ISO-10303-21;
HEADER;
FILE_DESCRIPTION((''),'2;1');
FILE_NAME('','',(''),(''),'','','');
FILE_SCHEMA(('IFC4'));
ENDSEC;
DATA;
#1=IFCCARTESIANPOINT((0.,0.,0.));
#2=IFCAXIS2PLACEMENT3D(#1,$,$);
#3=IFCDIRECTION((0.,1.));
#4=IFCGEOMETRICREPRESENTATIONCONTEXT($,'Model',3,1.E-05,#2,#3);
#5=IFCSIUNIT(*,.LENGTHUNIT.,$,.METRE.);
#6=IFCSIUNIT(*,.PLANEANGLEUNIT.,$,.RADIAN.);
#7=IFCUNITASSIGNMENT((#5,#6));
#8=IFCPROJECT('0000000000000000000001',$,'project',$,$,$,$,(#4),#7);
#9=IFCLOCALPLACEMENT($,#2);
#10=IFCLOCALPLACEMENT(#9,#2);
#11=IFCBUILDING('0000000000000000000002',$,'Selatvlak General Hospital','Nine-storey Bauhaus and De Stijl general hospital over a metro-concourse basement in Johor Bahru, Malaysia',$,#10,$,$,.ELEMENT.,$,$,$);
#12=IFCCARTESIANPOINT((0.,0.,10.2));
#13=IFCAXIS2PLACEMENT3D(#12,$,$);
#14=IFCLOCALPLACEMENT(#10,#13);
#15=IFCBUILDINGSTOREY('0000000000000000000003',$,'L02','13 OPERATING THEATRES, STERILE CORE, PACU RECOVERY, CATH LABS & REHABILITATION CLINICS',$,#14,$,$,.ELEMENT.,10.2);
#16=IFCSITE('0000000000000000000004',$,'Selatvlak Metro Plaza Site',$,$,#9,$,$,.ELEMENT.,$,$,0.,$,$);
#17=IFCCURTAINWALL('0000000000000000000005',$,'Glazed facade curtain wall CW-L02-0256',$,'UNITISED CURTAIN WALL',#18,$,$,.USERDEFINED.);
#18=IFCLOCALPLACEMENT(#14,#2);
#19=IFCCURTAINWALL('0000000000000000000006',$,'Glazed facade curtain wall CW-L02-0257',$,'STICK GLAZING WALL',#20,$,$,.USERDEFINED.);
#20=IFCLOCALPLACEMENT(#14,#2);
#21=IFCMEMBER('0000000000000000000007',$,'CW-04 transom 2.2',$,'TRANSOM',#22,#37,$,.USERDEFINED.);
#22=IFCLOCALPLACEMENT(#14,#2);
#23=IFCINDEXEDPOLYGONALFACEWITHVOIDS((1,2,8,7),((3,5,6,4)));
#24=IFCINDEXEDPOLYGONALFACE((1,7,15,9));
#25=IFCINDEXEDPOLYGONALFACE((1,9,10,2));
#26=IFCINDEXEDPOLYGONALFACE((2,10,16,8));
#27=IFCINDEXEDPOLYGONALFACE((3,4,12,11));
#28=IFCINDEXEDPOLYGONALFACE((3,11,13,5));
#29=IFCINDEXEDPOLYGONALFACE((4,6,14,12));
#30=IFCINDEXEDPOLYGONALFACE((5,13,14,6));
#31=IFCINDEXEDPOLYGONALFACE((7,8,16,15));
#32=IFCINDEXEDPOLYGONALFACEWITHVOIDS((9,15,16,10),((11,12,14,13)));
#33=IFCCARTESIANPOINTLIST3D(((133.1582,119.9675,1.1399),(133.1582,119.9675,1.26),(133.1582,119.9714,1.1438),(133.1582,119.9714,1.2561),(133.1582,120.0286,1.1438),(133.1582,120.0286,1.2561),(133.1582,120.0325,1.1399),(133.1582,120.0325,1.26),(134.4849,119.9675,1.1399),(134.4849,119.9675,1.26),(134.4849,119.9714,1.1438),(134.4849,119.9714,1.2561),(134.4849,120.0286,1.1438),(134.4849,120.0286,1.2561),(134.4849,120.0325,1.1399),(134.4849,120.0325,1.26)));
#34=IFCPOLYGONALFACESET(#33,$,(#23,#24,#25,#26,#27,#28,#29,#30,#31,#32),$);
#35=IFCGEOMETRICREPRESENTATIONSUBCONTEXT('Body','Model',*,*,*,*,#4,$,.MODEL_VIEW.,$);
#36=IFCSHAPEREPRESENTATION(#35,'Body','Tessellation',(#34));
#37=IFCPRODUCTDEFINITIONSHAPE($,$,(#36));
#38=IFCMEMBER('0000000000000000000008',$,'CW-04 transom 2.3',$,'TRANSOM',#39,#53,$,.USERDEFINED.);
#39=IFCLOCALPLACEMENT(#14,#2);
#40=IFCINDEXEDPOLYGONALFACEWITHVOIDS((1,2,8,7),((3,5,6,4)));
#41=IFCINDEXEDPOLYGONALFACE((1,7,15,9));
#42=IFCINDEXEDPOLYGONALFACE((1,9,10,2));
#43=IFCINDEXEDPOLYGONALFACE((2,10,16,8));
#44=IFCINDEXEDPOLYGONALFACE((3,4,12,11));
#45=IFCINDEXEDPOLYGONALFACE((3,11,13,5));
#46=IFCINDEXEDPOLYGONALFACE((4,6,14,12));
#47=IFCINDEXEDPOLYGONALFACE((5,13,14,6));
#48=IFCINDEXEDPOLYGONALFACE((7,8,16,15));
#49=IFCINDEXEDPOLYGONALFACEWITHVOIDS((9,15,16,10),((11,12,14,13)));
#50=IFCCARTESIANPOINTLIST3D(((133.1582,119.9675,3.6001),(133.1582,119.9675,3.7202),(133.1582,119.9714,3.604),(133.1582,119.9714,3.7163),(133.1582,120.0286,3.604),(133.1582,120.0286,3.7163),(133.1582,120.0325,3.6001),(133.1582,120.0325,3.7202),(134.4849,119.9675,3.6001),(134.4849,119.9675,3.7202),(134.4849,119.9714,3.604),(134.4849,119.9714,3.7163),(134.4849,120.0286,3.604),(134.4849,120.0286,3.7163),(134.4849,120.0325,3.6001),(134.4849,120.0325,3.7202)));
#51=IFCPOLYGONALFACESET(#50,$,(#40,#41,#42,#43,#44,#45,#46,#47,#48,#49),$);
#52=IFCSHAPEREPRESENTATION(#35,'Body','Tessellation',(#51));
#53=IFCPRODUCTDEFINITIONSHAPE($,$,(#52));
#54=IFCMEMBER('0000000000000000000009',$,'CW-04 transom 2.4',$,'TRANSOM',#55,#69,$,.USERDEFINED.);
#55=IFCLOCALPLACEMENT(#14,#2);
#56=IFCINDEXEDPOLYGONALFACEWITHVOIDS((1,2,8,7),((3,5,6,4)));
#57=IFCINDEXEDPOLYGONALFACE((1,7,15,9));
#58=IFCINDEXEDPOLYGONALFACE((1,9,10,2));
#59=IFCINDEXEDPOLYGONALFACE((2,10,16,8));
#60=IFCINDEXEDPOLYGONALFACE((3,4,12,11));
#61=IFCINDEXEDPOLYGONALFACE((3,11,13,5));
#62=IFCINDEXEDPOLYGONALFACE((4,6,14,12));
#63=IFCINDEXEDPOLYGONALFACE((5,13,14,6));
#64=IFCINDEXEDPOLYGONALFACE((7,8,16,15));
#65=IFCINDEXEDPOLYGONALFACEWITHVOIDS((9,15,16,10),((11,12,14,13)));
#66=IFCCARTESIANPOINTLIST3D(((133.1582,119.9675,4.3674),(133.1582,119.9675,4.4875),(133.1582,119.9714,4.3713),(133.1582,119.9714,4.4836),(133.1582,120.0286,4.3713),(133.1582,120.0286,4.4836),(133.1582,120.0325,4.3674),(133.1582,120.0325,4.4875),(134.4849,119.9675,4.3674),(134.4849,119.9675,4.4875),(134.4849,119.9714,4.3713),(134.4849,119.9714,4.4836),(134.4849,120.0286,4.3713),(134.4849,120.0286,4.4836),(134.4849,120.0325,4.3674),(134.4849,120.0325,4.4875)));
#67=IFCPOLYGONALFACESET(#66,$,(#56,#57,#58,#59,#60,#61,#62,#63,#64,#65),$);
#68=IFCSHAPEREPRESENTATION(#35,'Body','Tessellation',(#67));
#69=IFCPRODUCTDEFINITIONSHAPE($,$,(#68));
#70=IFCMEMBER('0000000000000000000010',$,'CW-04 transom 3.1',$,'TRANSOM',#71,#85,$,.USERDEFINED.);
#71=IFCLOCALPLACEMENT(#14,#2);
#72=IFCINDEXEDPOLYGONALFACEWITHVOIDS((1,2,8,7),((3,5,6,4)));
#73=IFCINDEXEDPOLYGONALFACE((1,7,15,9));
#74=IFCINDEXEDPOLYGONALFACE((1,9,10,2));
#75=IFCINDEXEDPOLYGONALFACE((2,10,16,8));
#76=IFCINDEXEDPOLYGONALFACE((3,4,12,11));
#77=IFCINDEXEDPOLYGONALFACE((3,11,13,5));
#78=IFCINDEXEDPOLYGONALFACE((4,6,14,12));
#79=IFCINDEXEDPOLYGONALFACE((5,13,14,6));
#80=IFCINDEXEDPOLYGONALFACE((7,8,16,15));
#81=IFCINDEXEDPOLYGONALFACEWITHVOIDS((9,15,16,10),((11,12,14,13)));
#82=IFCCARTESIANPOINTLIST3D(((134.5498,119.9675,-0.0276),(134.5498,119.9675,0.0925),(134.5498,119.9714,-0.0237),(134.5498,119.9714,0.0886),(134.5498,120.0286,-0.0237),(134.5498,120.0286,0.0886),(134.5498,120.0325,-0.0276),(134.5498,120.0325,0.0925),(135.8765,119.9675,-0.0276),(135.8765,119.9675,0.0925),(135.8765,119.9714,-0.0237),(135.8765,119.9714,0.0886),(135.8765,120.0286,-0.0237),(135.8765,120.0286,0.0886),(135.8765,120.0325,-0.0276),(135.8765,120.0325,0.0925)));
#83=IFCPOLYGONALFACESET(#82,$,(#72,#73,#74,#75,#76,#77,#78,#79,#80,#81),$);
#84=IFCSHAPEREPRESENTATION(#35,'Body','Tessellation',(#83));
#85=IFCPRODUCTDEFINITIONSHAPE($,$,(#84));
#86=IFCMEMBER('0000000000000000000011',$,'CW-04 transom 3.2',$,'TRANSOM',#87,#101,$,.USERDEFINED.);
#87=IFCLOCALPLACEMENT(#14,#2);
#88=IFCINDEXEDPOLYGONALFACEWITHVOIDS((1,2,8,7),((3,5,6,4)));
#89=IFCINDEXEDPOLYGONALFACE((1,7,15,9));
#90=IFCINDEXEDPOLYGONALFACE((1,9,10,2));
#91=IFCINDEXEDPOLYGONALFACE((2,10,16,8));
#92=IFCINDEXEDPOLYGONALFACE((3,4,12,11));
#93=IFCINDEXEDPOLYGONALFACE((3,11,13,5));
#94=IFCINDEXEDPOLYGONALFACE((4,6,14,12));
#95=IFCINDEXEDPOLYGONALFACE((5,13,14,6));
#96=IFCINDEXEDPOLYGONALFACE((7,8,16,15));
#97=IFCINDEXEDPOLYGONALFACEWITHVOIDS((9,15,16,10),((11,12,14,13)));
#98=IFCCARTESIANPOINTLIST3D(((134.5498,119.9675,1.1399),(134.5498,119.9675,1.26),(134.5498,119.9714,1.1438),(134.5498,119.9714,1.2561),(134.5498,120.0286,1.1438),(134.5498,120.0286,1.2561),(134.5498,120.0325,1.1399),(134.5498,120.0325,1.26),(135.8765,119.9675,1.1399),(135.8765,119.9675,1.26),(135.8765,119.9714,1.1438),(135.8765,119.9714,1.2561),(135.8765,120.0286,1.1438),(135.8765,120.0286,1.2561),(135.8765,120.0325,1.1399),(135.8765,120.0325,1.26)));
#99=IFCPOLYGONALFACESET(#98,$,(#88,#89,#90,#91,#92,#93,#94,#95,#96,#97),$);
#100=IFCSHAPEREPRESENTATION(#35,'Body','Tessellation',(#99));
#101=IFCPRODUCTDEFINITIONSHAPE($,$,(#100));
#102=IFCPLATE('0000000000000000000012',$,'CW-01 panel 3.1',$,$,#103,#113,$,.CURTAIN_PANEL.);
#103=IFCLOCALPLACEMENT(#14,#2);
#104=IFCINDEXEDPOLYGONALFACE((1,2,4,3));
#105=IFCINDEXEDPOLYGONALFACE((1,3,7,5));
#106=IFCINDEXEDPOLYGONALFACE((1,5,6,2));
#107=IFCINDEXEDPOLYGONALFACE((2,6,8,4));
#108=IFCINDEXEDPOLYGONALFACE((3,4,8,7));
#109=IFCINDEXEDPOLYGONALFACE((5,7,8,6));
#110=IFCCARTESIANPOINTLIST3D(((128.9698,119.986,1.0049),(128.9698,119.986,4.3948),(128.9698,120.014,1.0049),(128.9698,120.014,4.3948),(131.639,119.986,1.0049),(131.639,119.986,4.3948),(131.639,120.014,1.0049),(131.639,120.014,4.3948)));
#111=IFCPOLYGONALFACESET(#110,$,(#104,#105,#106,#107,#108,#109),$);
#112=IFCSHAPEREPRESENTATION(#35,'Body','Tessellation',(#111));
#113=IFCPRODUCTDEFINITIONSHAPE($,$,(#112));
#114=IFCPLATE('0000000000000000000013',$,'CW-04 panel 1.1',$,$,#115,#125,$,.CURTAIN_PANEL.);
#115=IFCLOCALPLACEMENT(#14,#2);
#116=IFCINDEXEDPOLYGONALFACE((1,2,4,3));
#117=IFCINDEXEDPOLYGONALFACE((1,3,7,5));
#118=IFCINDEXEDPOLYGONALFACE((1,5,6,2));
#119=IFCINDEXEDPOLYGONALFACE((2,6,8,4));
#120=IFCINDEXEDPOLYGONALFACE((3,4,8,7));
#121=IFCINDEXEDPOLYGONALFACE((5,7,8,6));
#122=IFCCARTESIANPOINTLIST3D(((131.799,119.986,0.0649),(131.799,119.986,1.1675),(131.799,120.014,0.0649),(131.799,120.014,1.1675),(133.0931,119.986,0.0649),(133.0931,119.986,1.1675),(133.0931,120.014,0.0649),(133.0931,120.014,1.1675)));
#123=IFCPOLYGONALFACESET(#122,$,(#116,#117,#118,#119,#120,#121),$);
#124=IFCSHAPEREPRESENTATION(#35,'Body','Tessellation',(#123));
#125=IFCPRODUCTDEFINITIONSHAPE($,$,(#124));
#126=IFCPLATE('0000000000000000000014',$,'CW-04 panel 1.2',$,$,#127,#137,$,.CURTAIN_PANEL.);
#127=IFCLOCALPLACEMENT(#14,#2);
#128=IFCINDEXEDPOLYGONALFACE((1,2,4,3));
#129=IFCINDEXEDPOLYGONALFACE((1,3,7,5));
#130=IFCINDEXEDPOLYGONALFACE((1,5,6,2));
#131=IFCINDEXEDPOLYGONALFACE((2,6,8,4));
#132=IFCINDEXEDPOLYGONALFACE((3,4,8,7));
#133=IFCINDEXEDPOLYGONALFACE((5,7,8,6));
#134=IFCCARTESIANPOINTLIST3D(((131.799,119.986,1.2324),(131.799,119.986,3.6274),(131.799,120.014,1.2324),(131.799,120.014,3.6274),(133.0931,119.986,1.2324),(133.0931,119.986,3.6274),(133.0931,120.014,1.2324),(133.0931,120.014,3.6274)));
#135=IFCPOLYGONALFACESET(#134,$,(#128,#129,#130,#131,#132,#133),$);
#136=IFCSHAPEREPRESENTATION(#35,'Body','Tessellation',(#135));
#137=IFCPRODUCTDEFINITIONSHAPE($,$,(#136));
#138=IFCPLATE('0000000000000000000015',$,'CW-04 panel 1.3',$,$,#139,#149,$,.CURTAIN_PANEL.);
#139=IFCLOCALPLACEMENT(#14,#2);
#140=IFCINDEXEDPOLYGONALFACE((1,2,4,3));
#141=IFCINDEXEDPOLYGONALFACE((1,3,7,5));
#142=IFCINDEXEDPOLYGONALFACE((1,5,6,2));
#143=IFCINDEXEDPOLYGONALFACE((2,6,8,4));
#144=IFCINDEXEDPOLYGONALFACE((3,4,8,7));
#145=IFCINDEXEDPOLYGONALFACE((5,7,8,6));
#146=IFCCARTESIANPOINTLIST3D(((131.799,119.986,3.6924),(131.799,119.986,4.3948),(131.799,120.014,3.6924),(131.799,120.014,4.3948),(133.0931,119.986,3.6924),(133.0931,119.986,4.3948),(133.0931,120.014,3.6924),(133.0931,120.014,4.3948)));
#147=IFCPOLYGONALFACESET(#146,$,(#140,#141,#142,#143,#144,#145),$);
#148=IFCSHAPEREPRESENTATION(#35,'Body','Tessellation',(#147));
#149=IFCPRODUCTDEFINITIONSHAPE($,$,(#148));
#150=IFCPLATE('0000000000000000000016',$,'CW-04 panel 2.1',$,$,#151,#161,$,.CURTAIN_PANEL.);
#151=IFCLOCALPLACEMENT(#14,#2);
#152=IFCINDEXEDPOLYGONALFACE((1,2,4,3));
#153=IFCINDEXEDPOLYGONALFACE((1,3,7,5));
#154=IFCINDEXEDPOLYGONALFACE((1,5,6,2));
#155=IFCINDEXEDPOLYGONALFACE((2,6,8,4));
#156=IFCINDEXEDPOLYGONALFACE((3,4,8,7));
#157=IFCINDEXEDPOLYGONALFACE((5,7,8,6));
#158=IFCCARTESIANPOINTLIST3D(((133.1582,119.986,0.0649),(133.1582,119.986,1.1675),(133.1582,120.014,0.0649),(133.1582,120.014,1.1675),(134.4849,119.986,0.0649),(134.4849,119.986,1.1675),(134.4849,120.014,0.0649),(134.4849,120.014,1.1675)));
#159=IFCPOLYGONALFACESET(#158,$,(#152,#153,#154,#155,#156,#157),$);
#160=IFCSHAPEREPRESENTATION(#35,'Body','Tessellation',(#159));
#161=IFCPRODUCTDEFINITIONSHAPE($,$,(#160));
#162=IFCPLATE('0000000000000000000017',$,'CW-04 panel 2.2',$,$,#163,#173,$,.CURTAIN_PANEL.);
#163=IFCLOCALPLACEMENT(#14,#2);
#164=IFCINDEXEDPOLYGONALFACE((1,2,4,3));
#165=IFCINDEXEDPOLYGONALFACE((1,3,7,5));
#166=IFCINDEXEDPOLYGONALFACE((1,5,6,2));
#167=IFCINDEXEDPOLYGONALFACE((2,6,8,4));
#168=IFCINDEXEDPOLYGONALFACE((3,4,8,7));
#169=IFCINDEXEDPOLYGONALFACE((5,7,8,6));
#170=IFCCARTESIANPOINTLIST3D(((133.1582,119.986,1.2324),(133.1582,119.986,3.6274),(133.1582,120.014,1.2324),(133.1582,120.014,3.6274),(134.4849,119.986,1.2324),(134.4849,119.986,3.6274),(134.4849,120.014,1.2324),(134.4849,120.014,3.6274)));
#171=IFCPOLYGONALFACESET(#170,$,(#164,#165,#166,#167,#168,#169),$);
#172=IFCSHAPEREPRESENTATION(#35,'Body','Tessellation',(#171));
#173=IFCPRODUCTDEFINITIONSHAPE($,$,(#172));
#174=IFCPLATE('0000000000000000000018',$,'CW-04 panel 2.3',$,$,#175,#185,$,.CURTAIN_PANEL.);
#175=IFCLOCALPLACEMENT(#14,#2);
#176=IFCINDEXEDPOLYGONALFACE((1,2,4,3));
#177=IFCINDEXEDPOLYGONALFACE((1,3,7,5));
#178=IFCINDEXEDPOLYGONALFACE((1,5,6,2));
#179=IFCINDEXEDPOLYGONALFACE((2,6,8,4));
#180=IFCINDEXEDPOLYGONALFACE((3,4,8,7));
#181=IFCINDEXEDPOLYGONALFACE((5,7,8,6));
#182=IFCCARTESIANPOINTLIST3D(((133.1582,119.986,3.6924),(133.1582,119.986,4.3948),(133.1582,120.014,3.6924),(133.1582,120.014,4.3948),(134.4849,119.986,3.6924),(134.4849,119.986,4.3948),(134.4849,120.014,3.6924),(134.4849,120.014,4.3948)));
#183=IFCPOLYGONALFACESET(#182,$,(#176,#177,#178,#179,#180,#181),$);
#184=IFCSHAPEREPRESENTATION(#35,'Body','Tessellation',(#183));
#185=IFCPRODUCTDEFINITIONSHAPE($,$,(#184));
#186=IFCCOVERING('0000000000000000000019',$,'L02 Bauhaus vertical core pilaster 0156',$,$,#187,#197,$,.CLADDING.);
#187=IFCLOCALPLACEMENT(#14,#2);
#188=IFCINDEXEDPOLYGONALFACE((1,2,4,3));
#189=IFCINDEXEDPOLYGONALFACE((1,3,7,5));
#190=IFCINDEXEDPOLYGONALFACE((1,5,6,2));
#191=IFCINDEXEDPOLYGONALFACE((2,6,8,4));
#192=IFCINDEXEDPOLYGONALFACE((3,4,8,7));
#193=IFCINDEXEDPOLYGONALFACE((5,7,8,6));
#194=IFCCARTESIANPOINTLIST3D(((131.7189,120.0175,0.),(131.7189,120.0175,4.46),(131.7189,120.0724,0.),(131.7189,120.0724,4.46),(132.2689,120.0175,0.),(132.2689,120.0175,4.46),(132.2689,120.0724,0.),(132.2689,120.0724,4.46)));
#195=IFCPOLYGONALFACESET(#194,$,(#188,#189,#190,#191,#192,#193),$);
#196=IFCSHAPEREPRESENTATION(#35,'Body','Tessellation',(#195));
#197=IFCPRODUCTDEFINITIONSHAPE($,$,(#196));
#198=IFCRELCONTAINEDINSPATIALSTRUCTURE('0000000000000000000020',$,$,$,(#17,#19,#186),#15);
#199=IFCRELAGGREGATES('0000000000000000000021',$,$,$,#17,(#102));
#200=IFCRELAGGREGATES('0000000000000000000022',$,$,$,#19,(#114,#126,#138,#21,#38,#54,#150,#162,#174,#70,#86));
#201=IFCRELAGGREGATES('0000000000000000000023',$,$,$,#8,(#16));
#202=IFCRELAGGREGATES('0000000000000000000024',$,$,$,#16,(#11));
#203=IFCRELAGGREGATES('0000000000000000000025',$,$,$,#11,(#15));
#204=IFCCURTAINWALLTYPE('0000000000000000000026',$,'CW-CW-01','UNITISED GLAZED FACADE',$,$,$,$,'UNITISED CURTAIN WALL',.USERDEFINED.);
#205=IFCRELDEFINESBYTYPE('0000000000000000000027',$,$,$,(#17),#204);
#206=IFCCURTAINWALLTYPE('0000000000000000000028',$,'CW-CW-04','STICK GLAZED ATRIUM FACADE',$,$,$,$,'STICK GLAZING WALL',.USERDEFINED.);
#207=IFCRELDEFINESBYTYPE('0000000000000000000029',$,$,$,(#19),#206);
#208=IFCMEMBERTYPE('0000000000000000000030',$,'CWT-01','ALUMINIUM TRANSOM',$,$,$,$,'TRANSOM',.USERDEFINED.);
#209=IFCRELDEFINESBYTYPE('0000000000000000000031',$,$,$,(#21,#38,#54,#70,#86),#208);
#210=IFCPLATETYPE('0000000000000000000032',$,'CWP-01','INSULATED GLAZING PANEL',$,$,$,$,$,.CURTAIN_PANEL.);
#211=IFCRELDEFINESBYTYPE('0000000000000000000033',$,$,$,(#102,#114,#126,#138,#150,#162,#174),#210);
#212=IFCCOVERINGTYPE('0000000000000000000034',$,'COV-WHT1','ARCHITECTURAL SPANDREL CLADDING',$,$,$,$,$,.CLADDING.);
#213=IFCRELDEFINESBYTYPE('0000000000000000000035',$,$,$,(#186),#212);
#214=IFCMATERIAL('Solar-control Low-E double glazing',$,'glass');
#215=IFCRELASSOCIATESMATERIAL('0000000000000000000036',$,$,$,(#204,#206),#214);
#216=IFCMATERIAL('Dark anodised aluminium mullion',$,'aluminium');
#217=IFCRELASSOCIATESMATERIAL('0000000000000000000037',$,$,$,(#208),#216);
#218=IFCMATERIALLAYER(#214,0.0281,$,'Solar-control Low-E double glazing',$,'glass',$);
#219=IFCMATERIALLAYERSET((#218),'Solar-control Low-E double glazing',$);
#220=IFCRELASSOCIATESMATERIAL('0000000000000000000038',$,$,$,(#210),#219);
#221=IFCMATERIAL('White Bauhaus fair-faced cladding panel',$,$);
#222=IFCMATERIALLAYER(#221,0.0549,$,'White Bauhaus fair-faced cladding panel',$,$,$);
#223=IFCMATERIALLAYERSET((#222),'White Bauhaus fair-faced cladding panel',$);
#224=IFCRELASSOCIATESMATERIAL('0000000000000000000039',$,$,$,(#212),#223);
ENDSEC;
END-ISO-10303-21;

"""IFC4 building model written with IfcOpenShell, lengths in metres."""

from ifc_helpers import new_model, si_unit, direction, frame, origin, origin_2d, place, context, subcontext, project, spatial, rectangle, hollow_rectangle, extrude, material, layer, layer_set, material_profile, profile_set, type_object, element, aggregate, save


model = new_model("IFC4")

# Units and contexts
model_context = context("Model", 3, precision=1e-05, world=origin(), true_north=direction((0.0, 1.0)))
body_context = subcontext(model_context, "Body", "Model", "MODEL_VIEW")
ifc_project = project(units=[si_unit("LENGTHUNIT", "METRE"), si_unit("PLANEANGLEUNIT", "RADIAN")], contexts=[model_context])

# Site, building, storey
site_placement = place(None, origin())
site = spatial("IfcSite", under=ifc_project, at=site_placement, Name="Selatvlak Metro Plaza Site", CompositionType="ELEMENT", RefElevation=0.0)
building_placement = place(site_placement, origin())
building = spatial("IfcBuilding", under=site, at=building_placement, Name="Selatvlak General Hospital", Description="Nine-storey Bauhaus and De Stijl general hospital over a metro-concourse basement in Johor Bahru, Malaysia", CompositionType="ELEMENT")
storey_placement = place(building_placement, frame((0.0, 0.0, 10.2)))
storey = spatial("IfcBuildingStorey", under=building, at=storey_placement, Name="L02", Description="13 OPERATING THEATRES, STERILE CORE, PACU RECOVERY, CATH LABS & REHABILITATION CLINICS", CompositionType="ELEMENT", Elevation=10.2)

# Curtain wall
ifc_material_1 = material(Name="Solar-control Low-E double glazing", Category="glass")
curtain_wall_type_1 = type_object("IfcCurtainWallType", Name="CW-CW-01", Description="UNITISED GLAZED FACADE", ElementType="UNITISED CURTAIN WALL", PredefinedType="USERDEFINED", material=ifc_material_1)
curtain_wall_1_placement = place(storey_placement, origin())
curtain_wall_1 = element("IfcCurtainWall", 1, at=curtain_wall_1_placement, inside=storey, type_object=curtain_wall_type_1, Name="Glazed facade curtain wall CW-L02-0256", ObjectType="UNITISED CURTAIN WALL", PredefinedType="USERDEFINED")
ifc_material_2 = material(Name="Dark anodised aluminium mullion", Category="aluminium")

# Curtain wall, members
curtain_wall_type_2 = type_object("IfcCurtainWallType", Name="CW-CW-04", Description="STICK GLAZED ATRIUM FACADE", ElementType="STICK GLAZING WALL", PredefinedType="USERDEFINED", material=ifc_material_1)
curtain_wall_2_placement = place(storey_placement, origin())
curtain_wall_2 = element("IfcCurtainWall", 2, at=curtain_wall_2_placement, inside=storey, type_object=curtain_wall_type_2, Name="Glazed facade curtain wall CW-L02-0257", ObjectType="STICK GLAZING WALL", PredefinedType="USERDEFINED")
ifc_material_profile_1 = material_profile(ifc_material_2, hollow_rectangle(XDim=0.0649, YDim=0.1201, WallThickness=0.0039, at=origin_2d()), Name="AL-TRN 65x120x4")
ifc_profile_set_1 = profile_set([ifc_material_profile_1], Name="Dark anodised aluminium mullion")
member_type_1 = type_object("IfcMemberType", Name="CWT-01", Description="ALUMINIUM TRANSOM", ElementType="TRANSOM", PredefinedType="USERDEFINED", material=ifc_profile_set_1)
member_1_placement = place(storey_placement, frame((133.1582, 120.0, 1.2), z_axis=(1.0, 0.0, 0.0), x_axis=(0.0, 1.0, 0.0)))
member_1 = element("IfcMember", 3, at=member_1_placement, type_object=member_type_1, Name="CW-04 transom 2.2", ObjectType="TRANSOM", PredefinedType="USERDEFINED", context=body_context, shape_type="SweptSolid", body=[
    extrude(hollow_rectangle(XDim=0.0649, YDim=0.1201, WallThickness=0.0039, at=origin_2d()), origin(), (0.0, 0.0, 1.0), 1.3267),
])
member_2_placement = place(storey_placement, frame((133.1582, 120.0, 3.6602), z_axis=(1.0, 0.0, 0.0), x_axis=(0.0, 1.0, 0.0)))
member_2 = element("IfcMember", 4, at=member_2_placement, type_object=member_type_1, Name="CW-04 transom 2.3", ObjectType="TRANSOM", PredefinedType="USERDEFINED", context=body_context, shape_type="SweptSolid", body=[
    extrude(hollow_rectangle(XDim=0.0649, YDim=0.1201, WallThickness=0.0039, at=origin_2d()), origin(), (0.0, 0.0, 1.0), 1.3267),
])
member_3_placement = place(storey_placement, frame((133.1582, 120.0, 4.4275), z_axis=(1.0, 0.0, 0.0), x_axis=(0.0, 1.0, 0.0)))
member_3 = element("IfcMember", 5, at=member_3_placement, type_object=member_type_1, Name="CW-04 transom 2.4", ObjectType="TRANSOM", PredefinedType="USERDEFINED", context=body_context, shape_type="SweptSolid", body=[
    extrude(hollow_rectangle(XDim=0.0649, YDim=0.1201, WallThickness=0.0039, at=origin_2d()), origin(), (0.0, 0.0, 1.0), 1.3267),
])
member_4_placement = place(storey_placement, frame((134.5498, 120.0, 0.0325), z_axis=(1.0, 0.0, 0.0), x_axis=(0.0, 1.0, 0.0)))
member_4 = element("IfcMember", 6, at=member_4_placement, type_object=member_type_1, Name="CW-04 transom 3.1", ObjectType="TRANSOM", PredefinedType="USERDEFINED", context=body_context, shape_type="SweptSolid", body=[
    extrude(hollow_rectangle(XDim=0.0649, YDim=0.1201, WallThickness=0.0039, at=origin_2d()), origin(), (0.0, 0.0, 1.0), 1.3267),
])
member_5_placement = place(storey_placement, frame((134.5498, 120.0, 1.2), z_axis=(1.0, 0.0, 0.0), x_axis=(0.0, 1.0, 0.0)))
member_5 = element("IfcMember", 7, at=member_5_placement, type_object=member_type_1, Name="CW-04 transom 3.2", ObjectType="TRANSOM", PredefinedType="USERDEFINED", context=body_context, shape_type="SweptSolid", body=[
    extrude(hollow_rectangle(XDim=0.0649, YDim=0.1201, WallThickness=0.0039, at=origin_2d()), origin(), (0.0, 0.0, 1.0), 1.3267),
])

# Plates
ifc_layer_1 = layer(ifc_material_1, 0.0281, Name="Solar-control Low-E double glazing", Category="glass")
ifc_layer_set_1 = layer_set([ifc_layer_1], Name="Solar-control Low-E double glazing")
plate_type = type_object("IfcPlateType", Name="CWP-01", Description="INSULATED GLAZING PANEL", PredefinedType="CURTAIN_PANEL", material=ifc_layer_set_1)
plate_1_placement = place(storey_placement, frame((130.3044, 120.0, 1.0049), z_axis=(0.0, 0.0, 1.0), x_axis=(1.0, 0.0, 0.0)))
plate_1 = element("IfcPlate", 8, at=plate_1_placement, type_object=plate_type, Name="CW-01 panel 3.1", PredefinedType="CURTAIN_PANEL", context=body_context, shape_type="SweptSolid", body=[
    extrude(rectangle(XDim=2.6692, YDim=0.0281, at=origin_2d()), origin(), (0.0, 0.0, 1.0), 3.3899),
])
aggregate(curtain_wall_1, [plate_1])
plate_2_placement = place(storey_placement, frame((132.446, 120.0, 0.0649), z_axis=(0.0, 0.0, 1.0), x_axis=(1.0, 0.0, 0.0)))
plate_2 = element("IfcPlate", 9, at=plate_2_placement, type_object=plate_type, Name="CW-04 panel 1.1", PredefinedType="CURTAIN_PANEL", context=body_context, shape_type="SweptSolid", body=[
    extrude(rectangle(XDim=1.2942, YDim=0.0281, at=origin_2d()), origin(), (0.0, 0.0, 1.0), 1.1025),
])
plate_3_placement = place(storey_placement, frame((132.446, 120.0, 1.2324), z_axis=(0.0, 0.0, 1.0), x_axis=(1.0, 0.0, 0.0)))
plate_3 = element("IfcPlate", 10, at=plate_3_placement, type_object=plate_type, Name="CW-04 panel 1.2", PredefinedType="CURTAIN_PANEL", context=body_context, shape_type="SweptSolid", body=[
    extrude(rectangle(XDim=1.2942, YDim=0.0281, at=origin_2d()), origin(), (0.0, 0.0, 1.0), 2.395),
])
plate_4_placement = place(storey_placement, frame((132.446, 120.0, 3.6924), z_axis=(0.0, 0.0, 1.0), x_axis=(1.0, 0.0, 0.0)))
plate_4 = element("IfcPlate", 11, at=plate_4_placement, type_object=plate_type, Name="CW-04 panel 1.3", PredefinedType="CURTAIN_PANEL", context=body_context, shape_type="SweptSolid", body=[
    extrude(rectangle(XDim=1.2942, YDim=0.0281, at=origin_2d()), origin(), (0.0, 0.0, 1.0), 0.7024),
])
plate_5_placement = place(storey_placement, frame((133.8215, 120.0, 0.0649), z_axis=(0.0, 0.0, 1.0), x_axis=(1.0, 0.0, 0.0)))
plate_5 = element("IfcPlate", 12, at=plate_5_placement, type_object=plate_type, Name="CW-04 panel 2.1", PredefinedType="CURTAIN_PANEL", context=body_context, shape_type="SweptSolid", body=[
    extrude(rectangle(XDim=1.3267, YDim=0.0281, at=origin_2d()), origin(), (0.0, 0.0, 1.0), 1.1025),
])
plate_6_placement = place(storey_placement, frame((133.8215, 120.0, 1.2324), z_axis=(0.0, 0.0, 1.0), x_axis=(1.0, 0.0, 0.0)))
plate_6 = element("IfcPlate", 13, at=plate_6_placement, type_object=plate_type, Name="CW-04 panel 2.2", PredefinedType="CURTAIN_PANEL", context=body_context, shape_type="SweptSolid", body=[
    extrude(rectangle(XDim=1.3267, YDim=0.0281, at=origin_2d()), origin(), (0.0, 0.0, 1.0), 2.395),
])
plate_7_placement = place(storey_placement, frame((133.8215, 120.0, 3.6924), z_axis=(0.0, 0.0, 1.0), x_axis=(1.0, 0.0, 0.0)))
plate_7 = element("IfcPlate", 14, at=plate_7_placement, type_object=plate_type, Name="CW-04 panel 2.3", PredefinedType="CURTAIN_PANEL", context=body_context, shape_type="SweptSolid", body=[
    extrude(rectangle(XDim=1.3267, YDim=0.0281, at=origin_2d()), origin(), (0.0, 0.0, 1.0), 0.7024),
])
aggregate(curtain_wall_2, [plate_2, plate_3, plate_4, member_1, member_2, member_3, plate_5, plate_6, plate_7, member_4, member_5])

# Covering
ifc_material_3 = material(Name="White Bauhaus fair-faced cladding panel")
ifc_layer_2 = layer(ifc_material_3, 0.0549, Name="White Bauhaus fair-faced cladding panel")
ifc_layer_set_2 = layer_set([ifc_layer_2], Name="White Bauhaus fair-faced cladding panel")
covering_type = type_object("IfcCoveringType", Name="COV-WHT1", Description="ARCHITECTURAL SPANDREL CLADDING", PredefinedType="CLADDING", material=ifc_layer_set_2)
covering_placement = place(storey_placement, frame((131.9939, 120.0449, 0.0), z_axis=(0.0, 0.0, 1.0), x_axis=(1.0, 0.0, 0.0)))
element("IfcCovering", 15, at=covering_placement, inside=storey, type_object=covering_type, Name="L02 Bauhaus vertical core pilaster 0156", PredefinedType="CLADDING", context=body_context, shape_type="SweptSolid", body=[
    extrude(rectangle(XDim=0.55, YDim=0.0549, at=origin_2d()), origin(), (0.0, 0.0, 1.0), 4.46),
])

save(model, "model.ifc")
